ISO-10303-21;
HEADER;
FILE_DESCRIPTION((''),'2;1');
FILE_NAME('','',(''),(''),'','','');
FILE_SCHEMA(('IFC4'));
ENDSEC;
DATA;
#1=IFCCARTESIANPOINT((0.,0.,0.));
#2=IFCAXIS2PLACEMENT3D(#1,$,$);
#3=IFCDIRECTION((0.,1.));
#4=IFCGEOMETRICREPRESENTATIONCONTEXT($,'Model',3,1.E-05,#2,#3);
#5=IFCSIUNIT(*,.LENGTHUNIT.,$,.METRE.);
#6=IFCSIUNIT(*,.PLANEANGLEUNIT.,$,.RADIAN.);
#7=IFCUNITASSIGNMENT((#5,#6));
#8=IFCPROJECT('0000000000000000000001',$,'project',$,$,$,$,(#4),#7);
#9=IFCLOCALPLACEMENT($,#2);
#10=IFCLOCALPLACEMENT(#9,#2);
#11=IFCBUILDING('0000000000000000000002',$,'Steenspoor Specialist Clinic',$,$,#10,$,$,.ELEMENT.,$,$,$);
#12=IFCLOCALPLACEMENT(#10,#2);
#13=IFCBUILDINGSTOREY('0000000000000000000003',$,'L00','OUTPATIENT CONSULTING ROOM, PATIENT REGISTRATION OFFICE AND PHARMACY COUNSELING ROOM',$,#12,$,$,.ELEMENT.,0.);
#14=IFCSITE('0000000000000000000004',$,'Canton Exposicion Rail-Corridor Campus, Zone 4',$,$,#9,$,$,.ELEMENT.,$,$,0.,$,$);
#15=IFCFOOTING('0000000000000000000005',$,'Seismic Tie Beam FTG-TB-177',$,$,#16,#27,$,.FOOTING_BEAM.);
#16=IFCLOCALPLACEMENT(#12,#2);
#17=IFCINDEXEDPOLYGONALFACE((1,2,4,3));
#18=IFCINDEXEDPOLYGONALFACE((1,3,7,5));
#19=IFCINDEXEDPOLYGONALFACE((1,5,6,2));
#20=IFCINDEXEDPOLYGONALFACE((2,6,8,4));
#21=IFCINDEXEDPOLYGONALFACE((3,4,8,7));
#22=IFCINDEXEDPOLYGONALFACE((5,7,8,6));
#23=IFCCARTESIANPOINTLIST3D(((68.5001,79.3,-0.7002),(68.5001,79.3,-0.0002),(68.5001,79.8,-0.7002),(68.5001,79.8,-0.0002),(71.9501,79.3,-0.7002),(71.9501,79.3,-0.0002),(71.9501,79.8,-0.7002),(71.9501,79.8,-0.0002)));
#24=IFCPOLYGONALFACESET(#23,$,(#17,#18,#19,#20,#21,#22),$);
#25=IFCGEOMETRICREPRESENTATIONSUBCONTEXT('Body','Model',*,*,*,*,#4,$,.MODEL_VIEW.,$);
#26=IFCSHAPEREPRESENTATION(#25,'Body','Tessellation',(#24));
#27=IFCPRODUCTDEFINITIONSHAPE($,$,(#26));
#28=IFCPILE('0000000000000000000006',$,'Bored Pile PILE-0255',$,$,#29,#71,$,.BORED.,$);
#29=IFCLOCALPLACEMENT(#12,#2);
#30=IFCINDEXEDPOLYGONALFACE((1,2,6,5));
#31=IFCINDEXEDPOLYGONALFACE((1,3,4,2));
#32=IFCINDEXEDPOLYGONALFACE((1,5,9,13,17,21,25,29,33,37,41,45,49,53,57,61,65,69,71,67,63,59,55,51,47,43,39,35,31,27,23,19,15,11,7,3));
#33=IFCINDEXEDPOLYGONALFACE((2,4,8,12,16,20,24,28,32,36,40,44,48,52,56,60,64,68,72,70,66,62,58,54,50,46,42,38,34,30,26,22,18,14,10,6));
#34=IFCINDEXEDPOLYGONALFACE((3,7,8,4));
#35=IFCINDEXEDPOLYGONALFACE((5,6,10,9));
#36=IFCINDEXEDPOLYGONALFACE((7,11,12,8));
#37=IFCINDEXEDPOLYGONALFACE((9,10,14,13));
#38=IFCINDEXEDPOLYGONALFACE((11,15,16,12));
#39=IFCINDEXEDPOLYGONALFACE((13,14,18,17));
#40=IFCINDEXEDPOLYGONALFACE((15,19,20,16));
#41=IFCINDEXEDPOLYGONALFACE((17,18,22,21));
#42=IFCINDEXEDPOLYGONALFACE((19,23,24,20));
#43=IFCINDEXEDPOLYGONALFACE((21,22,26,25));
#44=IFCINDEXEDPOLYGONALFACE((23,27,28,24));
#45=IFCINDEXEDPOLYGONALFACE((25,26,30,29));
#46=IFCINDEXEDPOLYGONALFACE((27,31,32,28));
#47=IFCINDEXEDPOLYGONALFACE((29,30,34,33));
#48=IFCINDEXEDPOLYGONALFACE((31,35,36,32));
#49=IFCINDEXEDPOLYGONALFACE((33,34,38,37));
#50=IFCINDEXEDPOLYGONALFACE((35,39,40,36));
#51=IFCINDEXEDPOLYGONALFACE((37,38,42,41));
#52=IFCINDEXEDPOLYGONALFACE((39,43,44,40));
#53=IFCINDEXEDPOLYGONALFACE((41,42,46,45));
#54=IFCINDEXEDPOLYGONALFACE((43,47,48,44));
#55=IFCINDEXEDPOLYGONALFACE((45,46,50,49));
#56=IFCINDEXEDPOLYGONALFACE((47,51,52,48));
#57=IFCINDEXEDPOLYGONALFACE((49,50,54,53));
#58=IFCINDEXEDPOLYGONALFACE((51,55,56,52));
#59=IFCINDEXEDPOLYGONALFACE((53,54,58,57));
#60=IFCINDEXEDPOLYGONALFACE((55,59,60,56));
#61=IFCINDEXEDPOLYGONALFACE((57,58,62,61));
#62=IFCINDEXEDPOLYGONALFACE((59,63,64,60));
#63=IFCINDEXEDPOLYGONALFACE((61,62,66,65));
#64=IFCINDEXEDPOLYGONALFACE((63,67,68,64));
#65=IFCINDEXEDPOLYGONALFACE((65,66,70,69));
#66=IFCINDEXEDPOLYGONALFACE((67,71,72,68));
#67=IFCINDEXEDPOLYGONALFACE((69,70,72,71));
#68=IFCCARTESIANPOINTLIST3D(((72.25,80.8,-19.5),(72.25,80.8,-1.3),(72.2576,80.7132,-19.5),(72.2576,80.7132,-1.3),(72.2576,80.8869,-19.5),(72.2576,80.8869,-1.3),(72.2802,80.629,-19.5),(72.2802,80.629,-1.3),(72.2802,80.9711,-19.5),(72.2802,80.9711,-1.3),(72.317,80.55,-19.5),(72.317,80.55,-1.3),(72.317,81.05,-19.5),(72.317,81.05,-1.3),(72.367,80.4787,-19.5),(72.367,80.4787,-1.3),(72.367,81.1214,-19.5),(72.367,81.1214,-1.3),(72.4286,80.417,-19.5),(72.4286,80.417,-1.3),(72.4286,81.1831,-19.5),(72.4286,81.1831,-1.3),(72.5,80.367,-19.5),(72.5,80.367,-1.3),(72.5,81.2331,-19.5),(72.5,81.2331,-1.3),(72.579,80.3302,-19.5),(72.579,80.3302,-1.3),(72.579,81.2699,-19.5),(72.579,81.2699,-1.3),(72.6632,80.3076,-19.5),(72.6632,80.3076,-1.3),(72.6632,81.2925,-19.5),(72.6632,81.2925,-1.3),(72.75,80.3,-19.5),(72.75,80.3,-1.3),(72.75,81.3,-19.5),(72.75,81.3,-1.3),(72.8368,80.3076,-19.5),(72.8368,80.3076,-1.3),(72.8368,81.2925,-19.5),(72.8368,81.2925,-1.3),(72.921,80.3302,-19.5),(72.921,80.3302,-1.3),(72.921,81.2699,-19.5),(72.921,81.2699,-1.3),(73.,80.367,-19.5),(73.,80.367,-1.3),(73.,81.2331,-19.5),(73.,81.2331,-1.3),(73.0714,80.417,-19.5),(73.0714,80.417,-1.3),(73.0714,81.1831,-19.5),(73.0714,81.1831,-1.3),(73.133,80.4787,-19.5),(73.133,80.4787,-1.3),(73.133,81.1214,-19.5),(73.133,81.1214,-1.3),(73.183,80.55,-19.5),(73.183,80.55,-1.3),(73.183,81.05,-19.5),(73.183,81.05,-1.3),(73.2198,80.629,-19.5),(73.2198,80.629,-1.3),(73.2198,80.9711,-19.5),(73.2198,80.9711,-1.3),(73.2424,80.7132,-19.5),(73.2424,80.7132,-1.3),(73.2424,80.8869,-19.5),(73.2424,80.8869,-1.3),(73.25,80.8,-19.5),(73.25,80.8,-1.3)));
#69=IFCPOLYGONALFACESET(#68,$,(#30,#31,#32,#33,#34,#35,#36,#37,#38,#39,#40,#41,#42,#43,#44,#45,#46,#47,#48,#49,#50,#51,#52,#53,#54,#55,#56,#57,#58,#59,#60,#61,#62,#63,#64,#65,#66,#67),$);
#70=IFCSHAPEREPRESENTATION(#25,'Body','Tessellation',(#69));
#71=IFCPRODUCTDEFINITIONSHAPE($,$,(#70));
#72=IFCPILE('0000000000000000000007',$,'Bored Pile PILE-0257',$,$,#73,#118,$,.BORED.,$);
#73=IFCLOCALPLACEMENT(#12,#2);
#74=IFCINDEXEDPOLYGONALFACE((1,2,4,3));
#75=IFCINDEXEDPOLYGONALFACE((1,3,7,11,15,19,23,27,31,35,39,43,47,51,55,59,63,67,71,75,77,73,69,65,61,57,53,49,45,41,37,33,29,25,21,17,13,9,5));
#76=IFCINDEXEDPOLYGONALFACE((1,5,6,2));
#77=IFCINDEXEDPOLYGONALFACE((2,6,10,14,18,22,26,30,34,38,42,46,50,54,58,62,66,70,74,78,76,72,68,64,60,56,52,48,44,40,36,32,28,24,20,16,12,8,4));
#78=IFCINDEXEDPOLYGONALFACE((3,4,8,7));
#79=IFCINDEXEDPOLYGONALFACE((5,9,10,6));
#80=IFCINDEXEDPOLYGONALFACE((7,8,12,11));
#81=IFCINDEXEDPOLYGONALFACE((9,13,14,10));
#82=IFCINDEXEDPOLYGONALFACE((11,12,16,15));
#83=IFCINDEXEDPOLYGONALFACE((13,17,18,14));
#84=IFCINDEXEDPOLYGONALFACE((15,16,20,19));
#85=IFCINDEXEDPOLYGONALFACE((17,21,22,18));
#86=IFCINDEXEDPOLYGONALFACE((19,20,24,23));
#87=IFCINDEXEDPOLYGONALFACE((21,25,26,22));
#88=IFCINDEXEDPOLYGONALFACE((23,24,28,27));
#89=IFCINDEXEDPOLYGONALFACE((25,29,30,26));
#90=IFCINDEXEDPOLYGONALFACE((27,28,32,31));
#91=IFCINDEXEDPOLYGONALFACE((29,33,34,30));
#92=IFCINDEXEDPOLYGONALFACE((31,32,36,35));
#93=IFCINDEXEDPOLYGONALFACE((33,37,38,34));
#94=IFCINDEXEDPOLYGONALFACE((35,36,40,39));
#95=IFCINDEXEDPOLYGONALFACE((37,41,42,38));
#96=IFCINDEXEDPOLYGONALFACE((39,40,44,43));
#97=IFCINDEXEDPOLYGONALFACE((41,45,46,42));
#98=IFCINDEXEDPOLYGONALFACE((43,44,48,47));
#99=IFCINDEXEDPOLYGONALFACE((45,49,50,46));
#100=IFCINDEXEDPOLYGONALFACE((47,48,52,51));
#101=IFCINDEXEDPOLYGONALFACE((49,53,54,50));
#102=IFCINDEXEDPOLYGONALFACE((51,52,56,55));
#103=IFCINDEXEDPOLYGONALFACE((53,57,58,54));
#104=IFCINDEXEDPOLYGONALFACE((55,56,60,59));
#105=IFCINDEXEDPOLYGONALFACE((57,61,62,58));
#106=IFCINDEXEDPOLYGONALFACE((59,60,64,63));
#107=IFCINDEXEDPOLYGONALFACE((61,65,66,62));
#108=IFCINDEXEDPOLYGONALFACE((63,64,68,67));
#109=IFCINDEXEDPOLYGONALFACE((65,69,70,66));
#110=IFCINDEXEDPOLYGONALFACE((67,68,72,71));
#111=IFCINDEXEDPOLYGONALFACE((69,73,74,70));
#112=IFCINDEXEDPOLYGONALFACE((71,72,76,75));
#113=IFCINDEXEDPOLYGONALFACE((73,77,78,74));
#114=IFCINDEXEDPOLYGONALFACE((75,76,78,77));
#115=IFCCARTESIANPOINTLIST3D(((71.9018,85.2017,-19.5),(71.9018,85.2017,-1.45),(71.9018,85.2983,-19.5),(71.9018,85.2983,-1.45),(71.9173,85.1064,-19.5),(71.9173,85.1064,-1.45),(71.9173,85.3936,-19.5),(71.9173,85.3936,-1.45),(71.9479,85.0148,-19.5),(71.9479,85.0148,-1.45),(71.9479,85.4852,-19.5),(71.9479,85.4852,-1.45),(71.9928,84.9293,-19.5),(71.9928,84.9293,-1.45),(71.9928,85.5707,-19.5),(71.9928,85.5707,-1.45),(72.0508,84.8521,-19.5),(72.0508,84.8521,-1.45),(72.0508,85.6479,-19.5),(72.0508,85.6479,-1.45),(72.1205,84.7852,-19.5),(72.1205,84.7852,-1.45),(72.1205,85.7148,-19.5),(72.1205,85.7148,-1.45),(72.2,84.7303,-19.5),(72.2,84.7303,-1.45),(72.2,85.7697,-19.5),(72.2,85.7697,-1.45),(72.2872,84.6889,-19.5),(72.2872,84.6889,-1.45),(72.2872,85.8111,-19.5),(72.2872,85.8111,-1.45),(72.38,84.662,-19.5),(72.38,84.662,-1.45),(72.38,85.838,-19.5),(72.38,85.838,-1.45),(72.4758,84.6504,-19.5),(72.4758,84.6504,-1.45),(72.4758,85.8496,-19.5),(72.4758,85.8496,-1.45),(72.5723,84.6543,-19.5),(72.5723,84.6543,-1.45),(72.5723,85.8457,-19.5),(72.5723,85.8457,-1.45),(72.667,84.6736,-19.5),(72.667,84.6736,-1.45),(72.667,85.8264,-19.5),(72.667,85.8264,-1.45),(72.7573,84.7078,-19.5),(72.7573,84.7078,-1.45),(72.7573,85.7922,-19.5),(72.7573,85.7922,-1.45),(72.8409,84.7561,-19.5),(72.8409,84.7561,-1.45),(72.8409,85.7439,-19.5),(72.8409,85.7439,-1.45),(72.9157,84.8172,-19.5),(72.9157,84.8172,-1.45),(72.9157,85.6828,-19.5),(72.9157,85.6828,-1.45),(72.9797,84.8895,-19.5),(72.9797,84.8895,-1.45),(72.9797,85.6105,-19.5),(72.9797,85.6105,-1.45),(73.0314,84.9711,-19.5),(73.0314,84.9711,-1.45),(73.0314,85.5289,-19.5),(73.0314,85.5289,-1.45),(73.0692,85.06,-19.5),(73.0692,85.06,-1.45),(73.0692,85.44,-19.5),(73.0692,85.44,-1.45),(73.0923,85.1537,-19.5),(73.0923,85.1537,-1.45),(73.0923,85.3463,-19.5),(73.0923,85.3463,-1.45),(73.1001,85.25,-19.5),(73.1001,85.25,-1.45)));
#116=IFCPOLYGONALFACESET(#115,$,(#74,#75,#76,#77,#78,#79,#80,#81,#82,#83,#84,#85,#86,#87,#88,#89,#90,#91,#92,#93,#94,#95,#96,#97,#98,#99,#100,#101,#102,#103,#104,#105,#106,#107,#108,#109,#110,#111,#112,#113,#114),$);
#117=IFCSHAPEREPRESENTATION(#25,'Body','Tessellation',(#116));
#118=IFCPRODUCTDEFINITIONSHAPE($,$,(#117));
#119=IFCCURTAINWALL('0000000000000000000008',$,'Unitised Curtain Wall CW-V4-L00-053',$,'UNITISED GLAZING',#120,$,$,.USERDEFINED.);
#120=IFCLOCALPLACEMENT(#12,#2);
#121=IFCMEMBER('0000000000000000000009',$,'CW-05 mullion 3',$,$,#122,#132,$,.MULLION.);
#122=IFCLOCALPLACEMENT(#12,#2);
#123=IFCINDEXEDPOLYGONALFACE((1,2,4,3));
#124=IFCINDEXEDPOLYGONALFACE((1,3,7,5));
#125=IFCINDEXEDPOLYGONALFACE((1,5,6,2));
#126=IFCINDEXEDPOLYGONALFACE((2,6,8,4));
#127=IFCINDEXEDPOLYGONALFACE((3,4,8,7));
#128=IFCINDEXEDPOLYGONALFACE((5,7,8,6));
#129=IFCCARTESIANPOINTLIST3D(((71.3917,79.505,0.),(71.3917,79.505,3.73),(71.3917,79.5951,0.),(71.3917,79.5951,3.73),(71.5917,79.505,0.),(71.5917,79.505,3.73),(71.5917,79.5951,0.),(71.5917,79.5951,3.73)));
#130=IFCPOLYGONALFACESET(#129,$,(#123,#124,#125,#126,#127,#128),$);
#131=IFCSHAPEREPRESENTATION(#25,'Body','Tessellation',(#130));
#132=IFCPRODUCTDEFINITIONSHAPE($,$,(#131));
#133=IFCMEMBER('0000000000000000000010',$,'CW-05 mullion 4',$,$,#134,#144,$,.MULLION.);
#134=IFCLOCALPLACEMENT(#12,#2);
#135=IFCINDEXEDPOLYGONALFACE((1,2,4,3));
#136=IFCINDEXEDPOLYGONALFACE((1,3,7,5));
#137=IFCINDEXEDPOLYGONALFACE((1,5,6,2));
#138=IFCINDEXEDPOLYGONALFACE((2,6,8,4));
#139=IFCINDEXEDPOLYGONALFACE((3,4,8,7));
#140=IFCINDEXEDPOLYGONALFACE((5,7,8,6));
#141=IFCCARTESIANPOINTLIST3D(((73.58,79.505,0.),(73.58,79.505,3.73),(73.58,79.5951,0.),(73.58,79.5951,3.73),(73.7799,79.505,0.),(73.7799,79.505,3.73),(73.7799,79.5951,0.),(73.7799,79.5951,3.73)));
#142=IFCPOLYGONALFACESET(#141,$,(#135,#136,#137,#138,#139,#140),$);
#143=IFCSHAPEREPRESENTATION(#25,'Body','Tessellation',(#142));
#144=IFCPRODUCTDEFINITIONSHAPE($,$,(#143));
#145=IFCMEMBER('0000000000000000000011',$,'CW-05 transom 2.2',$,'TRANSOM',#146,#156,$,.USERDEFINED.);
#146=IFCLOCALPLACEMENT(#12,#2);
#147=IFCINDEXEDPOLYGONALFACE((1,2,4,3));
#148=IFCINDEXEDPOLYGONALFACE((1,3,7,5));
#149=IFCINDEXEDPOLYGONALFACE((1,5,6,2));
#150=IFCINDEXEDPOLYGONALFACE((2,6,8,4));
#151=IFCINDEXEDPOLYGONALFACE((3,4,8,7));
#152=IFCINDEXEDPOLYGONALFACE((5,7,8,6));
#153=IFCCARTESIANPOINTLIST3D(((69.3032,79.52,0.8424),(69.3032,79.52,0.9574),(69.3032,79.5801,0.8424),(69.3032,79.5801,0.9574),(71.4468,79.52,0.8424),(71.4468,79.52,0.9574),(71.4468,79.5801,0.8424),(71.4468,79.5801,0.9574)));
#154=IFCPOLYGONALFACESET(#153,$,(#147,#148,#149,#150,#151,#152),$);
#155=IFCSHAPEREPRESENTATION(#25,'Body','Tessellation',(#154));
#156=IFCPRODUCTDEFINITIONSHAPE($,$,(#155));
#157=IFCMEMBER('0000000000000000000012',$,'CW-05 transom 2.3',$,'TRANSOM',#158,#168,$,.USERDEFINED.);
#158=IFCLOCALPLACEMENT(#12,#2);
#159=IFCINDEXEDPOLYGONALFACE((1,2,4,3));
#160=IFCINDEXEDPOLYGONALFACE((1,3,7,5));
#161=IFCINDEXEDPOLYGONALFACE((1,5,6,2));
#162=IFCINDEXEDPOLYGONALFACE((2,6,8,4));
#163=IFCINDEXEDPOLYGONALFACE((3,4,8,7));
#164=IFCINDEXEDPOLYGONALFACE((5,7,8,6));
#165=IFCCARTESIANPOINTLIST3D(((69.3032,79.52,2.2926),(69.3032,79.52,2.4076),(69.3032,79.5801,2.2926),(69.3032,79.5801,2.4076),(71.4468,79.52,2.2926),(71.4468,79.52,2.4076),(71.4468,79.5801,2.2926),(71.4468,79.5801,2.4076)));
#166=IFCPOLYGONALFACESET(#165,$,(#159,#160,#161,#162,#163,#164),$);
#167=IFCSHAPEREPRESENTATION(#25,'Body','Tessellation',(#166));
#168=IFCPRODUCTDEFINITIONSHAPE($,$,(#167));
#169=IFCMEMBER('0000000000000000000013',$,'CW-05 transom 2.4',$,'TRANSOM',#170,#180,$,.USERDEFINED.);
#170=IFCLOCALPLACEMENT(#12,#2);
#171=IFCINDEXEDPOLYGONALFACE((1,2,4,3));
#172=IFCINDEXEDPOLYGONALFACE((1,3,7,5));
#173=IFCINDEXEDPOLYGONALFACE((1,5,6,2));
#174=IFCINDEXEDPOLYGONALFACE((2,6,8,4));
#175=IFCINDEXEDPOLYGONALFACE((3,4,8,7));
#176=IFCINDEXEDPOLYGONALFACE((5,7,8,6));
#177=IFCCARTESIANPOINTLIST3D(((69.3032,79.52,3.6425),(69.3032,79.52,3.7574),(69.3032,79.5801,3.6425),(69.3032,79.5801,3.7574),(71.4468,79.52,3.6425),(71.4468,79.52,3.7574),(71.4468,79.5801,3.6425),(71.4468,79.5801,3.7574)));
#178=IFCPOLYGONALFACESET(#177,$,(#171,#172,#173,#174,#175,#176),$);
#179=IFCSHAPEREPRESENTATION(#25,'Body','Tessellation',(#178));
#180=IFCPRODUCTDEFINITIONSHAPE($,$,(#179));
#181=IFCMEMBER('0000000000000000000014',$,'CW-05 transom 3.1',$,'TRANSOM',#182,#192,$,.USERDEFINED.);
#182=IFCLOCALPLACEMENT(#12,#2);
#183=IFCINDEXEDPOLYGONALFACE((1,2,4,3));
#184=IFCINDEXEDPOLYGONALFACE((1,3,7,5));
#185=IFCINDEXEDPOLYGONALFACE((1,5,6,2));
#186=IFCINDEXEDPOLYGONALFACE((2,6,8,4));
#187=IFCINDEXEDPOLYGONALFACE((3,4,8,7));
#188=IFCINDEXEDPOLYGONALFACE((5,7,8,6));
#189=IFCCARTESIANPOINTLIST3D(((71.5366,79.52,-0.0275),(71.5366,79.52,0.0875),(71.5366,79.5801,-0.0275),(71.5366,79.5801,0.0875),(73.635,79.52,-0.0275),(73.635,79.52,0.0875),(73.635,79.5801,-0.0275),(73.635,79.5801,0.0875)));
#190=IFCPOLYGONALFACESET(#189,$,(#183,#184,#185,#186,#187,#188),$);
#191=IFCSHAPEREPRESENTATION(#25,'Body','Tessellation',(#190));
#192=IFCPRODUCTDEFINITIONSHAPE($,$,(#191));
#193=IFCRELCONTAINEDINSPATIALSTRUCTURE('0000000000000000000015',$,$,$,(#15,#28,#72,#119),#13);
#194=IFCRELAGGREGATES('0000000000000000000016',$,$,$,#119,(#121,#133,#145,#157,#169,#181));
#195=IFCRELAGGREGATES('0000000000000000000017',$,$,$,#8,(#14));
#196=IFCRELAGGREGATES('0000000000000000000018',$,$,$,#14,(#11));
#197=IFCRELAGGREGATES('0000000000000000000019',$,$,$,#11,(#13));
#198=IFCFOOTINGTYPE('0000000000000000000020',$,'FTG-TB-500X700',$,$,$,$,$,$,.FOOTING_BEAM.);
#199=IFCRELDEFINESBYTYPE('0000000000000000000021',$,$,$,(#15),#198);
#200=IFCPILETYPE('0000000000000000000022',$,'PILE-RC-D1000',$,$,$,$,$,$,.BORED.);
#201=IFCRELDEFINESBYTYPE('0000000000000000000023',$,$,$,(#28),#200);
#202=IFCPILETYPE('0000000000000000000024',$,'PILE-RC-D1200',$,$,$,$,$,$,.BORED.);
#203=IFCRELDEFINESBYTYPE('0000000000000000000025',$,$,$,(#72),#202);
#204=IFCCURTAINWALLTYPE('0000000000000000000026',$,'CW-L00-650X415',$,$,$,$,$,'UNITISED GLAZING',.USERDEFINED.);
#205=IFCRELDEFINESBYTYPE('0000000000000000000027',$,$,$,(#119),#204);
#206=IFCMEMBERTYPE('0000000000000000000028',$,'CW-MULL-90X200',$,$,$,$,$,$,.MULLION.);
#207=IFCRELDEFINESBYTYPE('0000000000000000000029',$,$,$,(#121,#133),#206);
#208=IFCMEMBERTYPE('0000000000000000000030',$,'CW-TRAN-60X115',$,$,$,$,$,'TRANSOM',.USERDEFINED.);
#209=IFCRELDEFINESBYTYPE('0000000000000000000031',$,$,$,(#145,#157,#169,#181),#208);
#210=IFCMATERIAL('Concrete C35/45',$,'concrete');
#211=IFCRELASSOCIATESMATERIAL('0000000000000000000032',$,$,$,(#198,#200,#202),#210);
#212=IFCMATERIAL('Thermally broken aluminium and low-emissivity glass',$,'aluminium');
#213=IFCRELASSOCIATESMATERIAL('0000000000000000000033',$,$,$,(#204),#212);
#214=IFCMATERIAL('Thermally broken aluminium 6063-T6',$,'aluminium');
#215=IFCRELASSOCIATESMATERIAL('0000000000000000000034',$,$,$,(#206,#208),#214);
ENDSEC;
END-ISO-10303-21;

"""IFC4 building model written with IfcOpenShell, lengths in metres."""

from ifc_helpers import new_model, si_unit, direction, frame, origin, origin_2d, place, context, subcontext, project, spatial, rectangle, circle, extrude, material, material_profile, profile_set, type_object, element, aggregate, save


model = new_model("IFC4")

# Units and contexts
model_context = context("Model", 3, precision=1e-05, world=origin(), true_north=direction((0.0, 1.0)))
body_context = subcontext(model_context, "Body", "Model", "MODEL_VIEW")
ifc_project = project(units=[si_unit("LENGTHUNIT", "METRE"), si_unit("PLANEANGLEUNIT", "RADIAN")], contexts=[model_context])

# Site, building, storey
site_placement = place(None, origin())
site = spatial("IfcSite", under=ifc_project, at=site_placement, Name="Canton Exposicion Rail-Corridor Campus, Zone 4", CompositionType="ELEMENT", RefElevation=0.0)
building_placement = place(site_placement, origin())
building = spatial("IfcBuilding", under=site, at=building_placement, Name="Steenspoor Specialist Clinic", CompositionType="ELEMENT")
storey_placement = place(building_placement, origin())
storey = spatial("IfcBuildingStorey", under=building, at=storey_placement, Name="L00", Description="OUTPATIENT CONSULTING ROOM, PATIENT REGISTRATION OFFICE AND PHARMACY COUNSELING ROOM", CompositionType="ELEMENT", Elevation=0.0)

# Footing
ifc_material_1 = material(Name="Concrete C35/45", Category="concrete")
footing_type = type_object("IfcFootingType", Name="FTG-TB-500X700", PredefinedType="FOOTING_BEAM", material=ifc_material_1)
footing_placement = place(storey_placement, frame((70.2251, 79.55, -0.7002), z_axis=(0.0, 0.0, 1.0), x_axis=(1.0, 0.0, 0.0)))
element("IfcFooting", 1, at=footing_placement, inside=storey, type_object=footing_type, Name="Seismic Tie Beam FTG-TB-177", PredefinedType="FOOTING_BEAM", context=body_context, shape_type="SweptSolid", body=[
    extrude(rectangle(XDim=3.45, YDim=0.5, at=origin_2d()), origin(), (0.0, 0.0, 1.0), 0.7),
])

# Piles
ifc_material_profile_1 = material_profile(ifc_material_1, circle(Radius=0.5, at=origin_2d()), Name="PILE-D1000")
ifc_profile_set_1 = profile_set([ifc_material_profile_1], Name="Concrete C35/45")
pile_type_1 = type_object("IfcPileType", Name="PILE-RC-D1000", PredefinedType="BORED", material=ifc_profile_set_1)
pile_1_placement = place(storey_placement, frame((72.75, 80.8, -1.3), z_axis=(0.0, 0.0, -1.0), x_axis=(1.0, 0.0, 0.0)))
element("IfcPile", 2, at=pile_1_placement, inside=storey, type_object=pile_type_1, Name="Bored Pile PILE-0255", PredefinedType="BORED", context=body_context, shape_type="SweptSolid", body=[
    extrude(circle(Radius=0.5, at=origin_2d()), origin(), (0.0, 0.0, 1.0), 18.2),
])
ifc_material_profile_2 = material_profile(ifc_material_1, circle(Radius=0.6001, at=origin_2d()), Name="PILE-D1200")
ifc_profile_set_2 = profile_set([ifc_material_profile_2], Name="Concrete C35/45")
pile_type_2 = type_object("IfcPileType", Name="PILE-RC-D1200", PredefinedType="BORED", material=ifc_profile_set_2)
pile_2_placement = place(storey_placement, frame((72.5, 85.25, -1.45), z_axis=(0.0, 0.0, -1.0), x_axis=(1.0, 0.0, 0.0)))
element("IfcPile", 3, at=pile_2_placement, inside=storey, type_object=pile_type_2, Name="Bored Pile PILE-0257", PredefinedType="BORED", context=body_context, shape_type="SweptSolid", body=[
    extrude(circle(Radius=0.6001, at=origin_2d()), origin(), (0.0, 0.0, 1.0), 18.05),
])

# Curtain wall, members
ifc_material_2 = material(Name="Thermally broken aluminium and low-emissivity glass", Category="aluminium")
curtain_wall_type = type_object("IfcCurtainWallType", Name="CW-L00-650X415", ElementType="UNITISED GLAZING", PredefinedType="USERDEFINED", material=ifc_material_2)
curtain_wall_placement = place(storey_placement, origin())
curtain_wall = element("IfcCurtainWall", 4, at=curtain_wall_placement, inside=storey, type_object=curtain_wall_type, Name="Unitised Curtain Wall CW-V4-L00-053", ObjectType="UNITISED GLAZING", PredefinedType="USERDEFINED")
ifc_material_3 = material(Name="Thermally broken aluminium 6063-T6", Category="aluminium")
ifc_material_profile_3 = material_profile(ifc_material_3, rectangle(XDim=0.0901, YDim=0.2, at=origin_2d()), Name="CWM-90X200")
ifc_profile_set_3 = profile_set([ifc_material_profile_3], Name="Thermally broken aluminium 6063-T6")
member_type_1 = type_object("IfcMemberType", Name="CW-MULL-90X200", PredefinedType="MULLION", material=ifc_profile_set_3)
member_1_placement = place(storey_placement, frame((71.4917, 79.55, 0.0), z_axis=(0.0, 0.0, 1.0), x_axis=(0.0, 1.0, 0.0)))
member_1 = element("IfcMember", 5, at=member_1_placement, type_object=member_type_1, Name="CW-05 mullion 3", PredefinedType="MULLION", context=body_context, shape_type="SweptSolid", body=[
    extrude(rectangle(XDim=0.0901, YDim=0.2, at=origin_2d()), origin(), (0.0, 0.0, 1.0), 3.73),
])
member_2_placement = place(storey_placement, frame((73.6799, 79.55, 0.0), z_axis=(0.0, 0.0, 1.0), x_axis=(0.0, 1.0, 0.0)))
member_2 = element("IfcMember", 6, at=member_2_placement, type_object=member_type_1, Name="CW-05 mullion 4", PredefinedType="MULLION", context=body_context, shape_type="SweptSolid", body=[
    extrude(rectangle(XDim=0.0901, YDim=0.2, at=origin_2d()), origin(), (0.0, 0.0, 1.0), 3.73),
])
ifc_material_profile_4 = material_profile(ifc_material_3, rectangle(XDim=0.0601, YDim=0.115, at=origin_2d()), Name="CWT-60X115")
ifc_profile_set_4 = profile_set([ifc_material_profile_4], Name="Thermally broken aluminium 6063-T6")
member_type_2 = type_object("IfcMemberType", Name="CW-TRAN-60X115", ElementType="TRANSOM", PredefinedType="USERDEFINED", material=ifc_profile_set_4)
member_3_placement = place(storey_placement, frame((69.3032, 79.55, 0.8999), z_axis=(1.0, 0.0, 0.0), x_axis=(0.0, 1.0, 0.0)))
member_3 = element("IfcMember", 7, at=member_3_placement, type_object=member_type_2, Name="CW-05 transom 2.2", ObjectType="TRANSOM", PredefinedType="USERDEFINED", context=body_context, shape_type="SweptSolid", body=[
    extrude(rectangle(XDim=0.0601, YDim=0.115, at=origin_2d()), origin(), (0.0, 0.0, 1.0), 2.1436),
])
member_4_placement = place(storey_placement, frame((69.3032, 79.55, 2.3501), z_axis=(1.0, 0.0, 0.0), x_axis=(0.0, 1.0, 0.0)))
member_4 = element("IfcMember", 8, at=member_4_placement, type_object=member_type_2, Name="CW-05 transom 2.3", ObjectType="TRANSOM", PredefinedType="USERDEFINED", context=body_context, shape_type="SweptSolid", body=[
    extrude(rectangle(XDim=0.0601, YDim=0.115, at=origin_2d()), origin(), (0.0, 0.0, 1.0), 2.1436),
])
member_5_placement = place(storey_placement, frame((69.3032, 79.55, 3.7), z_axis=(1.0, 0.0, 0.0), x_axis=(0.0, 1.0, 0.0)))
member_5 = element("IfcMember", 9, at=member_5_placement, type_object=member_type_2, Name="CW-05 transom 2.4", ObjectType="TRANSOM", PredefinedType="USERDEFINED", context=body_context, shape_type="SweptSolid", body=[
    extrude(rectangle(XDim=0.0601, YDim=0.115, at=origin_2d()), origin(), (0.0, 0.0, 1.0), 2.1436),
])
member_6_placement = place(storey_placement, frame((71.5366, 79.55, 0.03), z_axis=(1.0, 0.0, 0.0), x_axis=(0.0, 1.0, 0.0)))
member_6 = element("IfcMember", 10, at=member_6_placement, type_object=member_type_2, Name="CW-05 transom 3.1", ObjectType="TRANSOM", PredefinedType="USERDEFINED", context=body_context, shape_type="SweptSolid", body=[
    extrude(rectangle(XDim=0.0601, YDim=0.115, at=origin_2d()), origin(), (0.0, 0.0, 1.0), 2.0984),
])
aggregate(curtain_wall, [member_1, member_2, member_3, member_4, member_5, member_6])

save(model, "model.ifc")
